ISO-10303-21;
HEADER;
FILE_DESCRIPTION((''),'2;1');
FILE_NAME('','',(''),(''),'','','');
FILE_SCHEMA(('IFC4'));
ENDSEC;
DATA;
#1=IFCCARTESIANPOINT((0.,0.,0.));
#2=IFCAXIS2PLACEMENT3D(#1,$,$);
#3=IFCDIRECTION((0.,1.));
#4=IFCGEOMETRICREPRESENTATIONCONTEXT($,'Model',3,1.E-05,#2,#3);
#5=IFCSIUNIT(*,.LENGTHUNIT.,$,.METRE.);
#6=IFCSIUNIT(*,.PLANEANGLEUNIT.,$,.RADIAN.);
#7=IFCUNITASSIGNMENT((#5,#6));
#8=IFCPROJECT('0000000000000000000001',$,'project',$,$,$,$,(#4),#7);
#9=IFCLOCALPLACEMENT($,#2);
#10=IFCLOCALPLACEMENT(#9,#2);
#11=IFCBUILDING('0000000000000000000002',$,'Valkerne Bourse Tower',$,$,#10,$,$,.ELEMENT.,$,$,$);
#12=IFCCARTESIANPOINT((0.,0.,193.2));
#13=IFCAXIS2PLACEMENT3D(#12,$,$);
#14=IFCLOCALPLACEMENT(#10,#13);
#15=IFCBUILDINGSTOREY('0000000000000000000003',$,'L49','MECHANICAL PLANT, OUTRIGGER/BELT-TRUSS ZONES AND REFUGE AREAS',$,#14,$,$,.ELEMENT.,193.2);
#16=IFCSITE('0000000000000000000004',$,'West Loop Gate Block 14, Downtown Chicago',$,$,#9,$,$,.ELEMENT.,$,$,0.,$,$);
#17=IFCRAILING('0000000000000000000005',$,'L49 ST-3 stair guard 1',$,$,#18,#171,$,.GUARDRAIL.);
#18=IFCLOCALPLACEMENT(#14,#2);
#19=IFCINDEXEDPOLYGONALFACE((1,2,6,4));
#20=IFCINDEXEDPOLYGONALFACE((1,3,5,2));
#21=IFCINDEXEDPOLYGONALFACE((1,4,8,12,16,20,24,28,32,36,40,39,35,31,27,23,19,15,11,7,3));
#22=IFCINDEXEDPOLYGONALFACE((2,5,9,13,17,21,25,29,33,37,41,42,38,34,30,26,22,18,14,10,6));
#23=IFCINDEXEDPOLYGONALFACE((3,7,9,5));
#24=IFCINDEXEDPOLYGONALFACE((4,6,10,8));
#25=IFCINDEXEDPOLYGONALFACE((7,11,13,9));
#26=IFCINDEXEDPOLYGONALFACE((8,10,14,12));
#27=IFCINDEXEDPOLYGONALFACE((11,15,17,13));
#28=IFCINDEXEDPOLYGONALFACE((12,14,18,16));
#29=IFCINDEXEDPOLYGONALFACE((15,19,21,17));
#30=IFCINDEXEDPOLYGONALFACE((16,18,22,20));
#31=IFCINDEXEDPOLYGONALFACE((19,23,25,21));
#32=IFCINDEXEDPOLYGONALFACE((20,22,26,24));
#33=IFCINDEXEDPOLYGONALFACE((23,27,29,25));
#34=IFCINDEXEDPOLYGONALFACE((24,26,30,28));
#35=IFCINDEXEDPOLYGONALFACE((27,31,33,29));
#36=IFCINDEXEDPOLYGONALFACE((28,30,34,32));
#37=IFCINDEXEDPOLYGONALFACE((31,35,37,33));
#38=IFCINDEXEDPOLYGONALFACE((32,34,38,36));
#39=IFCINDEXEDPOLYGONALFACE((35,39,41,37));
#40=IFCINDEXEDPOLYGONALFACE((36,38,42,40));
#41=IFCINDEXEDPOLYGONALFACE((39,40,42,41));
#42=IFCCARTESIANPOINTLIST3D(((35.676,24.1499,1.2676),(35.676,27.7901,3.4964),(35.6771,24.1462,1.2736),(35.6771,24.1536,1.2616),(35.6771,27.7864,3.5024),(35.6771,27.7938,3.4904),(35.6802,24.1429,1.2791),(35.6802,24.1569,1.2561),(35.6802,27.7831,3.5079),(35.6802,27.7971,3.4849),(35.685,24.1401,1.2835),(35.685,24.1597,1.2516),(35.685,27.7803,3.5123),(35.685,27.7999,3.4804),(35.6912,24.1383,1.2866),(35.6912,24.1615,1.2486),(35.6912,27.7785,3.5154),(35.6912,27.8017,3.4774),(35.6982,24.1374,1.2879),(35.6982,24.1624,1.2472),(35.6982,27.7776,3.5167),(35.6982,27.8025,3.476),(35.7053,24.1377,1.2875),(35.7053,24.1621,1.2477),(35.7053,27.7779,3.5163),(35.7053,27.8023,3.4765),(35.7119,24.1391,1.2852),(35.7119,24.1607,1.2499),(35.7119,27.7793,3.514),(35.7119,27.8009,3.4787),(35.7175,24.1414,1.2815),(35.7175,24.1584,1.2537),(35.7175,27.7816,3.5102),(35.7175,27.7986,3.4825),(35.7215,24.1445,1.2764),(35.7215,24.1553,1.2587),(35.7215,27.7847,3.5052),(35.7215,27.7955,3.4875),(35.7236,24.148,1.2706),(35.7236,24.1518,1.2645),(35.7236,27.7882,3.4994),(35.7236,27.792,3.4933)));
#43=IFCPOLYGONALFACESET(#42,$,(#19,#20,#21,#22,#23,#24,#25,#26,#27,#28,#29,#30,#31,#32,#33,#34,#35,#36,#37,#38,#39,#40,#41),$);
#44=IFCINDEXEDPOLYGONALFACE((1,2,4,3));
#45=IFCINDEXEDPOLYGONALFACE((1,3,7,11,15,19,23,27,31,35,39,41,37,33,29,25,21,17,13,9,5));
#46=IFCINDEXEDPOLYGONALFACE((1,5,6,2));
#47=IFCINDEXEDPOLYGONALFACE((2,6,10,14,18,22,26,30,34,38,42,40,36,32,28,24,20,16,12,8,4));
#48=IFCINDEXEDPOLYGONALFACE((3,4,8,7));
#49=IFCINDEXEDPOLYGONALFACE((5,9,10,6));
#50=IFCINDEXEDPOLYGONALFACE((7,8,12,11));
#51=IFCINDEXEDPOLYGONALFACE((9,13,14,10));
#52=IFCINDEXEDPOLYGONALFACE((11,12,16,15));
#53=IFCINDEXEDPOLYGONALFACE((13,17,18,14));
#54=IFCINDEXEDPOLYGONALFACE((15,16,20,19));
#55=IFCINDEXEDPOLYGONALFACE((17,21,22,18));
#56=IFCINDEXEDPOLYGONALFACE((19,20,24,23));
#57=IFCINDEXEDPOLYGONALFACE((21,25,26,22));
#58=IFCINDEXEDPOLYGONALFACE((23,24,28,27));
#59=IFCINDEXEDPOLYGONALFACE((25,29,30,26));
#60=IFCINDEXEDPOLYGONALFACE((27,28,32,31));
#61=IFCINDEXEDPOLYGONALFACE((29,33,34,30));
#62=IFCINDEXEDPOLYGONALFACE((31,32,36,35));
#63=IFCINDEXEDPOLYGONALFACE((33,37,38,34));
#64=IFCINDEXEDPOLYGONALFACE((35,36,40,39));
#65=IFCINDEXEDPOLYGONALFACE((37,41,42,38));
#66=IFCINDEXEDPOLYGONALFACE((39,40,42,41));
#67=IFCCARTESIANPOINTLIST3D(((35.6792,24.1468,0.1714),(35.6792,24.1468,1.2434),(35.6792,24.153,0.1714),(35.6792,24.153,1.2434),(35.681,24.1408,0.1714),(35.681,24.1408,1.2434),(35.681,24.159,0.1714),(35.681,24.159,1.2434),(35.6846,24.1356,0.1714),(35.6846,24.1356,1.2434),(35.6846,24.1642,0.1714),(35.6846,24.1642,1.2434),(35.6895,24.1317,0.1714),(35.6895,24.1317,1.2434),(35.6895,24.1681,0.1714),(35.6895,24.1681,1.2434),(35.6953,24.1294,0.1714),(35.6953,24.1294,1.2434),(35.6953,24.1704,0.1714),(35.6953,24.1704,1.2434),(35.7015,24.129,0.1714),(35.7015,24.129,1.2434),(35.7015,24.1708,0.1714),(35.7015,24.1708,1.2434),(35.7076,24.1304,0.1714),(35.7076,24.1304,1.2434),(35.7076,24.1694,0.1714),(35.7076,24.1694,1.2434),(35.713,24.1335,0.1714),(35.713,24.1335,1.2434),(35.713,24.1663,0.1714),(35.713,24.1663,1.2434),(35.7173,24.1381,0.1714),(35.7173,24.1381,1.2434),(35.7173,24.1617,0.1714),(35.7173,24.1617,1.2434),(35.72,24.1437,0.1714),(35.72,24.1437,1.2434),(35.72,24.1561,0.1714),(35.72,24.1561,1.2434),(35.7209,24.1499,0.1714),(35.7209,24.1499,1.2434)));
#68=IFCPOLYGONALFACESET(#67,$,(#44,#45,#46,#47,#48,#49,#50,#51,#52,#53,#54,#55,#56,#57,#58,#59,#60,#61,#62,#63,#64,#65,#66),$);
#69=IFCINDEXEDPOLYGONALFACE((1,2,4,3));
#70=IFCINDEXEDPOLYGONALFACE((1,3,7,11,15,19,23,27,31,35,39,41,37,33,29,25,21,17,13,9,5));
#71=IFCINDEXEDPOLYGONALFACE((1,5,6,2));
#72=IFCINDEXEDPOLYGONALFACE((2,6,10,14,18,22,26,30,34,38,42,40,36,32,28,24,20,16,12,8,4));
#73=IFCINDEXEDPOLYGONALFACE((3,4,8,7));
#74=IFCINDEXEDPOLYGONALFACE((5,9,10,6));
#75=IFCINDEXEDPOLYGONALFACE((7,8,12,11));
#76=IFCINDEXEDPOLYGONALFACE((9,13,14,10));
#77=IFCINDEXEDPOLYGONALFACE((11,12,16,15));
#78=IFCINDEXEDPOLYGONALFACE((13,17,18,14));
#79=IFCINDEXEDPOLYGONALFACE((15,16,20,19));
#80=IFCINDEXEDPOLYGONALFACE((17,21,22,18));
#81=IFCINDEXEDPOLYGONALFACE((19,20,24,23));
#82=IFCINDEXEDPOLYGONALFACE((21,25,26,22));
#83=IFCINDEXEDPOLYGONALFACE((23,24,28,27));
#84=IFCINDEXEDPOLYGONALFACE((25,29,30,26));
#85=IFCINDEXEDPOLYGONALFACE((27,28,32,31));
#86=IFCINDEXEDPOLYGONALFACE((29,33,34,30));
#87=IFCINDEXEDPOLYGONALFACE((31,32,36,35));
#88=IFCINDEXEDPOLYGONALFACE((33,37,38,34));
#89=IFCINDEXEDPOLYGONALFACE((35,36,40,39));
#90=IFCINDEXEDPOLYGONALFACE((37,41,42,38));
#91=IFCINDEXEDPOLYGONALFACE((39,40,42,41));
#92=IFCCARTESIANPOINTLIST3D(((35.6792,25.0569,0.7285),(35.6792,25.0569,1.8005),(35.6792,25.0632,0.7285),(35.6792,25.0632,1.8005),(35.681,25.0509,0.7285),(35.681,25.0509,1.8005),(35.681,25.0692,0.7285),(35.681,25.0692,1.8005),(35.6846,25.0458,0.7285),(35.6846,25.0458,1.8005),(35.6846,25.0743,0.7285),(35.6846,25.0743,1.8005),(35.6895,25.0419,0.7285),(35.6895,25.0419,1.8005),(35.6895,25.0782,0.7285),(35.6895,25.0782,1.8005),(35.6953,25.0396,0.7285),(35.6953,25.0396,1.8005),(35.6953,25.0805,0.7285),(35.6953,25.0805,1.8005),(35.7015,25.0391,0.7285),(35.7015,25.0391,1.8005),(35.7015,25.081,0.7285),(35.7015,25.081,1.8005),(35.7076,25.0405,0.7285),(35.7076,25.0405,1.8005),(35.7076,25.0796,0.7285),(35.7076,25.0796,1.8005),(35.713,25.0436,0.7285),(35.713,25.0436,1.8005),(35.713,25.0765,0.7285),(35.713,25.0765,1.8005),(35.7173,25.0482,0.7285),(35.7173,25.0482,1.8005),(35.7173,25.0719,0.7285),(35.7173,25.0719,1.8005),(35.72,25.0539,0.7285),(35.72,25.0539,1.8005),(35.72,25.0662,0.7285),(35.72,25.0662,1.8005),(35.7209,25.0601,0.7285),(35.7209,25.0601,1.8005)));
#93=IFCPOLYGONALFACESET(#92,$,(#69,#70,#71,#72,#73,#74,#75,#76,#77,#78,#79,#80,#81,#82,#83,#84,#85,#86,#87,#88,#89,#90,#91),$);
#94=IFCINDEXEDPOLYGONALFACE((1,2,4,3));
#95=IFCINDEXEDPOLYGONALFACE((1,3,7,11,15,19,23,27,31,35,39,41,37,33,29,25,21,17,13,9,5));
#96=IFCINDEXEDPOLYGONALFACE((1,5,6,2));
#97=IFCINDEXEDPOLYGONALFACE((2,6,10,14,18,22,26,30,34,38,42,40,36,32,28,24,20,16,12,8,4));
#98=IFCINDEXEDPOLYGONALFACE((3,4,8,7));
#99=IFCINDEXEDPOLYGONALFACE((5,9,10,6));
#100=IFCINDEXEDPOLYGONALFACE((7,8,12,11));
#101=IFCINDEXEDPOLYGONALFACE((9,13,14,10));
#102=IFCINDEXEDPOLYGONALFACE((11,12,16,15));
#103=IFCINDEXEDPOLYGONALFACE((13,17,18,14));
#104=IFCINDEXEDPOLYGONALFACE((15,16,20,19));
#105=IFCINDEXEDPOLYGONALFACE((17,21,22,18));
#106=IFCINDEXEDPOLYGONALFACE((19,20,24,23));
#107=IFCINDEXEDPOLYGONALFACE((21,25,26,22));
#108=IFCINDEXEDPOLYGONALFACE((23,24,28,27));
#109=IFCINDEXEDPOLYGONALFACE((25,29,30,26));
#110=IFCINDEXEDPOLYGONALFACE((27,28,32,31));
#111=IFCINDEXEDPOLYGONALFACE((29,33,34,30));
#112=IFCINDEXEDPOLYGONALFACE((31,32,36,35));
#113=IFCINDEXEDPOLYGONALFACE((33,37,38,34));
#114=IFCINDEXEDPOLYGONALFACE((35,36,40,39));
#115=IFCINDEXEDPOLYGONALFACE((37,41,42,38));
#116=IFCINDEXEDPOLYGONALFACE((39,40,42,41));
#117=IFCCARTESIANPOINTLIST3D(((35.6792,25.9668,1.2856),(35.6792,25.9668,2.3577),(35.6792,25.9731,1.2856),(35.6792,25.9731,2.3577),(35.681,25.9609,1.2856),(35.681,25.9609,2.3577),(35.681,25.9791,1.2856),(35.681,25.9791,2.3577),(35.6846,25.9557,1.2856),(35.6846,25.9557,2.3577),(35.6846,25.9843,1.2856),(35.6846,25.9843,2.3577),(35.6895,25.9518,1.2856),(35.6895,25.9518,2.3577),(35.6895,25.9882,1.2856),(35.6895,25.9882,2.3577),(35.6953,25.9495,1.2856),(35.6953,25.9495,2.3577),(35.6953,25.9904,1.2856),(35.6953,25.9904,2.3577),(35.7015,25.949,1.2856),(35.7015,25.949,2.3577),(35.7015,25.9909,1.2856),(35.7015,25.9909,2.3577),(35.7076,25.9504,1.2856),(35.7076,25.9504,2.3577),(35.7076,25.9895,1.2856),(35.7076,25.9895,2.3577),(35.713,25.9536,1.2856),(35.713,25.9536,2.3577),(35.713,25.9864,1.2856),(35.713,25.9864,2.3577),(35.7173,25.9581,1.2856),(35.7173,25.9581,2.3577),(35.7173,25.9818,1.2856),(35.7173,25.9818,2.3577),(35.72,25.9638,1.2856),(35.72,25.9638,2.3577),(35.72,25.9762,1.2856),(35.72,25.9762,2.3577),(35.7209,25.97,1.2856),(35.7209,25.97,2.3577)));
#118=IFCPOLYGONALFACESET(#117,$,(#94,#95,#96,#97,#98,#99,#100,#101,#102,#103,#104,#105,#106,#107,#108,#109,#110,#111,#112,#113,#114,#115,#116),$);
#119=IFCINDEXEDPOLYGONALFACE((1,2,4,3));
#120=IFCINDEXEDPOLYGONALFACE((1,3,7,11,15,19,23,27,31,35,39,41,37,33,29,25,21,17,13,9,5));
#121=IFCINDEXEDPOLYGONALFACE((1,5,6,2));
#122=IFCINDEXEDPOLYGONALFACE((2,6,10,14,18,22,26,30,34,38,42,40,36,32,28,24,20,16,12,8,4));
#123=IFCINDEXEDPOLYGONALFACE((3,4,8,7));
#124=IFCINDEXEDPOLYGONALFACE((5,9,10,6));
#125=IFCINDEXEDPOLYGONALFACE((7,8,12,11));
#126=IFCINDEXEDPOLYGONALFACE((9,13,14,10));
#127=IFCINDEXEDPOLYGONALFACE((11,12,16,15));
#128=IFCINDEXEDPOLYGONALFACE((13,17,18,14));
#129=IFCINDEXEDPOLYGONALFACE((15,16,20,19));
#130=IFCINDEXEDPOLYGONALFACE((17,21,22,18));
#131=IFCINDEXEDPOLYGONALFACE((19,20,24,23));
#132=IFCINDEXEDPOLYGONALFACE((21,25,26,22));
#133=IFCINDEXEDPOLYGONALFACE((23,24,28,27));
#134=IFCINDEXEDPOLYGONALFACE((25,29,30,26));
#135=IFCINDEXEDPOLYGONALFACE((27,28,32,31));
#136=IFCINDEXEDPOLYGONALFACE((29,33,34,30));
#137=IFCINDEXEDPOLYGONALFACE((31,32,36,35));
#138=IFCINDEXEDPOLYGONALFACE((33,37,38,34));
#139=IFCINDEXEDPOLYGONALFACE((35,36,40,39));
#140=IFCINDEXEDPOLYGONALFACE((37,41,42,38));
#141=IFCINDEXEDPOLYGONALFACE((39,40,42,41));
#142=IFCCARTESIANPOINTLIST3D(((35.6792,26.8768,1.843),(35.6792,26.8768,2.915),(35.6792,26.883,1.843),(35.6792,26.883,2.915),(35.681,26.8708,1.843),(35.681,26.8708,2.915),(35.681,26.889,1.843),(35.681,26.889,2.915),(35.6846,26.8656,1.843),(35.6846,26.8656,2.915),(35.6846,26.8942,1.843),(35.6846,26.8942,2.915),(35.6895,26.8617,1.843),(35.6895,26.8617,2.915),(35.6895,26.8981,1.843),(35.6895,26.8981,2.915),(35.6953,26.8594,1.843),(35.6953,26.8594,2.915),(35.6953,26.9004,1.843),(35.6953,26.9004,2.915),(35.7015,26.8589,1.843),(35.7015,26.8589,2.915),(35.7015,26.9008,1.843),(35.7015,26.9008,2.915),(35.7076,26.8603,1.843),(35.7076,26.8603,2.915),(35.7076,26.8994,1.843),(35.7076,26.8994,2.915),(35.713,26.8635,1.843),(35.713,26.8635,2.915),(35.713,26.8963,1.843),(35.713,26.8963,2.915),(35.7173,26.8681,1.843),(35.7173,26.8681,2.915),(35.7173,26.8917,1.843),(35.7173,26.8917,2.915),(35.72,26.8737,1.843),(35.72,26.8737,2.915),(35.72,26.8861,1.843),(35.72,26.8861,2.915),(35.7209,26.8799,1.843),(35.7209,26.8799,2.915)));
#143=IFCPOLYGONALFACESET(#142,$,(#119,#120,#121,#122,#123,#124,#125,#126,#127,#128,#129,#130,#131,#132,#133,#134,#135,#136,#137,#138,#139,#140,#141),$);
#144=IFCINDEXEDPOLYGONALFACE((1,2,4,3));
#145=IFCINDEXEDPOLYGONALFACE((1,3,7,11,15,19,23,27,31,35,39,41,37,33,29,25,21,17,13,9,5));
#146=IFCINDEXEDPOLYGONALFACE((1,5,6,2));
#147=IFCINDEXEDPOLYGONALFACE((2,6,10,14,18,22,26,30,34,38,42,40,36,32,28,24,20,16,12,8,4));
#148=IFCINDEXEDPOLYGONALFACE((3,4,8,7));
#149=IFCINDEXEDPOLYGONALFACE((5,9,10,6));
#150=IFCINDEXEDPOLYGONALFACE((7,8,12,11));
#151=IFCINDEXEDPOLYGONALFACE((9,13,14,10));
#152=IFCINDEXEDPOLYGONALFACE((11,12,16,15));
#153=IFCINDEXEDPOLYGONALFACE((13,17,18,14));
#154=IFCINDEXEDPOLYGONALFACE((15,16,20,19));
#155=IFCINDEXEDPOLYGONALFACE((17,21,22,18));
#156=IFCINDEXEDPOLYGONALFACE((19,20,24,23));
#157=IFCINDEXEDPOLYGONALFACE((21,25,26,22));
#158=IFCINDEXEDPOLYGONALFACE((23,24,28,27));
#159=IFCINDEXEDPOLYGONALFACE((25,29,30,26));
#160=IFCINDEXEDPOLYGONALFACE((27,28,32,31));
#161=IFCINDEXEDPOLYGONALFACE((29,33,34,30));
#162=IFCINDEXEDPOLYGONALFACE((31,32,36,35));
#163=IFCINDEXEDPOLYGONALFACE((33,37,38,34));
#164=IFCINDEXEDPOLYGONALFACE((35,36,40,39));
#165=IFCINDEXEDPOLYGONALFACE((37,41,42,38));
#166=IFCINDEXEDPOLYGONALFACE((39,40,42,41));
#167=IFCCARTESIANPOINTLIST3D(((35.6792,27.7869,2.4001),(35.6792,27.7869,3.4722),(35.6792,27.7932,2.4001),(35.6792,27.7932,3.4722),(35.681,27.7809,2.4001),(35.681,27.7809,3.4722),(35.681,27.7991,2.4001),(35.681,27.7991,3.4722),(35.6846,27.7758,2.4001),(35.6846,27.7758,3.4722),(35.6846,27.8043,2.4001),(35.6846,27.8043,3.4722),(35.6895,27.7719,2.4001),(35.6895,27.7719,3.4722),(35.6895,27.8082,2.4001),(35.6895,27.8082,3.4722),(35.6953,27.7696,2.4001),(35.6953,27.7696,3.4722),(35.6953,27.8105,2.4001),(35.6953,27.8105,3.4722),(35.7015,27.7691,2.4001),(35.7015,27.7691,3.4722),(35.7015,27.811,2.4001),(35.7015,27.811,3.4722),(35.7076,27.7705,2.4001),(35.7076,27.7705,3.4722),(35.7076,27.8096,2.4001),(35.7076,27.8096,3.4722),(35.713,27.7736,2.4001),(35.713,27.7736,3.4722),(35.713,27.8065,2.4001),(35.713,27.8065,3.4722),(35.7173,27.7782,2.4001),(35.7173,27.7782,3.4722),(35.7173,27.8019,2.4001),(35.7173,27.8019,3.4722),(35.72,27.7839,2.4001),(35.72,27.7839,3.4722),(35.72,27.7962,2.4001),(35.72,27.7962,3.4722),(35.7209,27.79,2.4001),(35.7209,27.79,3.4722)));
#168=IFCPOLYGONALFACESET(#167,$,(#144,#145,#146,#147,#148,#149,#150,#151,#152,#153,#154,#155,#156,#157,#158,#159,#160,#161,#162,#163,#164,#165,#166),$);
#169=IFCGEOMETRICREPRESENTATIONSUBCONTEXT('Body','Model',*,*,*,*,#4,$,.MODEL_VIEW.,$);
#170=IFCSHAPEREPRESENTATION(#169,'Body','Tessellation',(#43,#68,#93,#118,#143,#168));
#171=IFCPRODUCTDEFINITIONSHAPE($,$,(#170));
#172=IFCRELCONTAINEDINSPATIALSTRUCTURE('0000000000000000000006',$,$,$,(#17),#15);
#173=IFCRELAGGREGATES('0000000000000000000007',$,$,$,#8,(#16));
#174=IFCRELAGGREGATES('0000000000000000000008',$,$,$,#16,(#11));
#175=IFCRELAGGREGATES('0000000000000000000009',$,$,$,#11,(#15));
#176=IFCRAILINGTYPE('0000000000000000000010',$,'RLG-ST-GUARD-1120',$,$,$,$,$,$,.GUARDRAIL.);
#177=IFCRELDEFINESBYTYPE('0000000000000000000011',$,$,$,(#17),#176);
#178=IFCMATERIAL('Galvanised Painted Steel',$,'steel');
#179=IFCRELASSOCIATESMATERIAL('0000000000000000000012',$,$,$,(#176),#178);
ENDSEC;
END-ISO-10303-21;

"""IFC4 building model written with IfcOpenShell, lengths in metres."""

from ifc_helpers import new_model, si_unit, direction, frame, origin, origin_2d, place, context, subcontext, project, spatial, circle, extrude, material, type_object, element, save


model = new_model("IFC4")

# Units and contexts
model_context = context("Model", 3, precision=1e-05, world=origin(), true_north=direction((0.0, 1.0)))
body_context = subcontext(model_context, "Body", "Model", "MODEL_VIEW")
ifc_project = project(units=[si_unit("LENGTHUNIT", "METRE"), si_unit("PLANEANGLEUNIT", "RADIAN")], contexts=[model_context])

# Site, building, storey
site_placement = place(None, origin())
site = spatial("IfcSite", under=ifc_project, at=site_placement, Name="West Loop Gate Block 14, Downtown Chicago", CompositionType="ELEMENT", RefElevation=0.0)
building_placement = place(site_placement, origin())
building = spatial("IfcBuilding", under=site, at=building_placement, Name="Valkerne Bourse Tower", CompositionType="ELEMENT")
storey_placement = place(building_placement, frame((0.0, 0.0, 193.2)))
storey = spatial("IfcBuildingStorey", under=building, at=storey_placement, Name="L49", Description="MECHANICAL PLANT, OUTRIGGER/BELT-TRUSS ZONES AND REFUGE AREAS", CompositionType="ELEMENT", Elevation=193.2)

# Railing
ifc_material_1 = material(Name="Galvanised Painted Steel", Category="steel")
railing_type_1 = type_object("IfcRailingType", Name="RLG-ST-GUARD-1120", PredefinedType="GUARDRAIL", material=ifc_material_1)
railing_1_placement = place(storey_placement, frame((35.7, 24.1499, 0.1714)))
element("IfcRailing", 1, at=railing_1_placement, inside=storey, type_object=railing_type_1, Name="L49 ST-3 stair guard 1", PredefinedType="GUARDRAIL", context=body_context, shape_type="SweptSolid", body=[
    extrude(circle(Radius=0.0239, at=origin_2d()), frame((0.0, 0.0, 1.0962), z_axis=(0.0, 0.85284, 0.522172), x_axis=(-1.0, 0.0, 0.0)), (0.0, 0.0, 1.0), 4.2683),
    extrude(circle(Radius=0.021, at=origin_2d()), origin(), (0.0, 0.0, 1.0), 1.072),
    extrude(circle(Radius=0.021, at=origin_2d()), frame((0.0, 0.9102, 0.5571)), (0.0, 0.0, 1.0), 1.072),
    extrude(circle(Radius=0.021, at=origin_2d()), frame((0.0, 1.8201, 1.1143)), (0.0, 0.0, 1.0), 1.072),
    extrude(circle(Radius=0.021, at=origin_2d()), frame((0.0, 2.73, 1.6716)), (0.0, 0.0, 1.0), 1.072),
    extrude(circle(Radius=0.021, at=origin_2d()), frame((0.0, 3.6401, 2.2288)), (0.0, 0.0, 1.0), 1.072),
])

save(model, "model.ifc")
